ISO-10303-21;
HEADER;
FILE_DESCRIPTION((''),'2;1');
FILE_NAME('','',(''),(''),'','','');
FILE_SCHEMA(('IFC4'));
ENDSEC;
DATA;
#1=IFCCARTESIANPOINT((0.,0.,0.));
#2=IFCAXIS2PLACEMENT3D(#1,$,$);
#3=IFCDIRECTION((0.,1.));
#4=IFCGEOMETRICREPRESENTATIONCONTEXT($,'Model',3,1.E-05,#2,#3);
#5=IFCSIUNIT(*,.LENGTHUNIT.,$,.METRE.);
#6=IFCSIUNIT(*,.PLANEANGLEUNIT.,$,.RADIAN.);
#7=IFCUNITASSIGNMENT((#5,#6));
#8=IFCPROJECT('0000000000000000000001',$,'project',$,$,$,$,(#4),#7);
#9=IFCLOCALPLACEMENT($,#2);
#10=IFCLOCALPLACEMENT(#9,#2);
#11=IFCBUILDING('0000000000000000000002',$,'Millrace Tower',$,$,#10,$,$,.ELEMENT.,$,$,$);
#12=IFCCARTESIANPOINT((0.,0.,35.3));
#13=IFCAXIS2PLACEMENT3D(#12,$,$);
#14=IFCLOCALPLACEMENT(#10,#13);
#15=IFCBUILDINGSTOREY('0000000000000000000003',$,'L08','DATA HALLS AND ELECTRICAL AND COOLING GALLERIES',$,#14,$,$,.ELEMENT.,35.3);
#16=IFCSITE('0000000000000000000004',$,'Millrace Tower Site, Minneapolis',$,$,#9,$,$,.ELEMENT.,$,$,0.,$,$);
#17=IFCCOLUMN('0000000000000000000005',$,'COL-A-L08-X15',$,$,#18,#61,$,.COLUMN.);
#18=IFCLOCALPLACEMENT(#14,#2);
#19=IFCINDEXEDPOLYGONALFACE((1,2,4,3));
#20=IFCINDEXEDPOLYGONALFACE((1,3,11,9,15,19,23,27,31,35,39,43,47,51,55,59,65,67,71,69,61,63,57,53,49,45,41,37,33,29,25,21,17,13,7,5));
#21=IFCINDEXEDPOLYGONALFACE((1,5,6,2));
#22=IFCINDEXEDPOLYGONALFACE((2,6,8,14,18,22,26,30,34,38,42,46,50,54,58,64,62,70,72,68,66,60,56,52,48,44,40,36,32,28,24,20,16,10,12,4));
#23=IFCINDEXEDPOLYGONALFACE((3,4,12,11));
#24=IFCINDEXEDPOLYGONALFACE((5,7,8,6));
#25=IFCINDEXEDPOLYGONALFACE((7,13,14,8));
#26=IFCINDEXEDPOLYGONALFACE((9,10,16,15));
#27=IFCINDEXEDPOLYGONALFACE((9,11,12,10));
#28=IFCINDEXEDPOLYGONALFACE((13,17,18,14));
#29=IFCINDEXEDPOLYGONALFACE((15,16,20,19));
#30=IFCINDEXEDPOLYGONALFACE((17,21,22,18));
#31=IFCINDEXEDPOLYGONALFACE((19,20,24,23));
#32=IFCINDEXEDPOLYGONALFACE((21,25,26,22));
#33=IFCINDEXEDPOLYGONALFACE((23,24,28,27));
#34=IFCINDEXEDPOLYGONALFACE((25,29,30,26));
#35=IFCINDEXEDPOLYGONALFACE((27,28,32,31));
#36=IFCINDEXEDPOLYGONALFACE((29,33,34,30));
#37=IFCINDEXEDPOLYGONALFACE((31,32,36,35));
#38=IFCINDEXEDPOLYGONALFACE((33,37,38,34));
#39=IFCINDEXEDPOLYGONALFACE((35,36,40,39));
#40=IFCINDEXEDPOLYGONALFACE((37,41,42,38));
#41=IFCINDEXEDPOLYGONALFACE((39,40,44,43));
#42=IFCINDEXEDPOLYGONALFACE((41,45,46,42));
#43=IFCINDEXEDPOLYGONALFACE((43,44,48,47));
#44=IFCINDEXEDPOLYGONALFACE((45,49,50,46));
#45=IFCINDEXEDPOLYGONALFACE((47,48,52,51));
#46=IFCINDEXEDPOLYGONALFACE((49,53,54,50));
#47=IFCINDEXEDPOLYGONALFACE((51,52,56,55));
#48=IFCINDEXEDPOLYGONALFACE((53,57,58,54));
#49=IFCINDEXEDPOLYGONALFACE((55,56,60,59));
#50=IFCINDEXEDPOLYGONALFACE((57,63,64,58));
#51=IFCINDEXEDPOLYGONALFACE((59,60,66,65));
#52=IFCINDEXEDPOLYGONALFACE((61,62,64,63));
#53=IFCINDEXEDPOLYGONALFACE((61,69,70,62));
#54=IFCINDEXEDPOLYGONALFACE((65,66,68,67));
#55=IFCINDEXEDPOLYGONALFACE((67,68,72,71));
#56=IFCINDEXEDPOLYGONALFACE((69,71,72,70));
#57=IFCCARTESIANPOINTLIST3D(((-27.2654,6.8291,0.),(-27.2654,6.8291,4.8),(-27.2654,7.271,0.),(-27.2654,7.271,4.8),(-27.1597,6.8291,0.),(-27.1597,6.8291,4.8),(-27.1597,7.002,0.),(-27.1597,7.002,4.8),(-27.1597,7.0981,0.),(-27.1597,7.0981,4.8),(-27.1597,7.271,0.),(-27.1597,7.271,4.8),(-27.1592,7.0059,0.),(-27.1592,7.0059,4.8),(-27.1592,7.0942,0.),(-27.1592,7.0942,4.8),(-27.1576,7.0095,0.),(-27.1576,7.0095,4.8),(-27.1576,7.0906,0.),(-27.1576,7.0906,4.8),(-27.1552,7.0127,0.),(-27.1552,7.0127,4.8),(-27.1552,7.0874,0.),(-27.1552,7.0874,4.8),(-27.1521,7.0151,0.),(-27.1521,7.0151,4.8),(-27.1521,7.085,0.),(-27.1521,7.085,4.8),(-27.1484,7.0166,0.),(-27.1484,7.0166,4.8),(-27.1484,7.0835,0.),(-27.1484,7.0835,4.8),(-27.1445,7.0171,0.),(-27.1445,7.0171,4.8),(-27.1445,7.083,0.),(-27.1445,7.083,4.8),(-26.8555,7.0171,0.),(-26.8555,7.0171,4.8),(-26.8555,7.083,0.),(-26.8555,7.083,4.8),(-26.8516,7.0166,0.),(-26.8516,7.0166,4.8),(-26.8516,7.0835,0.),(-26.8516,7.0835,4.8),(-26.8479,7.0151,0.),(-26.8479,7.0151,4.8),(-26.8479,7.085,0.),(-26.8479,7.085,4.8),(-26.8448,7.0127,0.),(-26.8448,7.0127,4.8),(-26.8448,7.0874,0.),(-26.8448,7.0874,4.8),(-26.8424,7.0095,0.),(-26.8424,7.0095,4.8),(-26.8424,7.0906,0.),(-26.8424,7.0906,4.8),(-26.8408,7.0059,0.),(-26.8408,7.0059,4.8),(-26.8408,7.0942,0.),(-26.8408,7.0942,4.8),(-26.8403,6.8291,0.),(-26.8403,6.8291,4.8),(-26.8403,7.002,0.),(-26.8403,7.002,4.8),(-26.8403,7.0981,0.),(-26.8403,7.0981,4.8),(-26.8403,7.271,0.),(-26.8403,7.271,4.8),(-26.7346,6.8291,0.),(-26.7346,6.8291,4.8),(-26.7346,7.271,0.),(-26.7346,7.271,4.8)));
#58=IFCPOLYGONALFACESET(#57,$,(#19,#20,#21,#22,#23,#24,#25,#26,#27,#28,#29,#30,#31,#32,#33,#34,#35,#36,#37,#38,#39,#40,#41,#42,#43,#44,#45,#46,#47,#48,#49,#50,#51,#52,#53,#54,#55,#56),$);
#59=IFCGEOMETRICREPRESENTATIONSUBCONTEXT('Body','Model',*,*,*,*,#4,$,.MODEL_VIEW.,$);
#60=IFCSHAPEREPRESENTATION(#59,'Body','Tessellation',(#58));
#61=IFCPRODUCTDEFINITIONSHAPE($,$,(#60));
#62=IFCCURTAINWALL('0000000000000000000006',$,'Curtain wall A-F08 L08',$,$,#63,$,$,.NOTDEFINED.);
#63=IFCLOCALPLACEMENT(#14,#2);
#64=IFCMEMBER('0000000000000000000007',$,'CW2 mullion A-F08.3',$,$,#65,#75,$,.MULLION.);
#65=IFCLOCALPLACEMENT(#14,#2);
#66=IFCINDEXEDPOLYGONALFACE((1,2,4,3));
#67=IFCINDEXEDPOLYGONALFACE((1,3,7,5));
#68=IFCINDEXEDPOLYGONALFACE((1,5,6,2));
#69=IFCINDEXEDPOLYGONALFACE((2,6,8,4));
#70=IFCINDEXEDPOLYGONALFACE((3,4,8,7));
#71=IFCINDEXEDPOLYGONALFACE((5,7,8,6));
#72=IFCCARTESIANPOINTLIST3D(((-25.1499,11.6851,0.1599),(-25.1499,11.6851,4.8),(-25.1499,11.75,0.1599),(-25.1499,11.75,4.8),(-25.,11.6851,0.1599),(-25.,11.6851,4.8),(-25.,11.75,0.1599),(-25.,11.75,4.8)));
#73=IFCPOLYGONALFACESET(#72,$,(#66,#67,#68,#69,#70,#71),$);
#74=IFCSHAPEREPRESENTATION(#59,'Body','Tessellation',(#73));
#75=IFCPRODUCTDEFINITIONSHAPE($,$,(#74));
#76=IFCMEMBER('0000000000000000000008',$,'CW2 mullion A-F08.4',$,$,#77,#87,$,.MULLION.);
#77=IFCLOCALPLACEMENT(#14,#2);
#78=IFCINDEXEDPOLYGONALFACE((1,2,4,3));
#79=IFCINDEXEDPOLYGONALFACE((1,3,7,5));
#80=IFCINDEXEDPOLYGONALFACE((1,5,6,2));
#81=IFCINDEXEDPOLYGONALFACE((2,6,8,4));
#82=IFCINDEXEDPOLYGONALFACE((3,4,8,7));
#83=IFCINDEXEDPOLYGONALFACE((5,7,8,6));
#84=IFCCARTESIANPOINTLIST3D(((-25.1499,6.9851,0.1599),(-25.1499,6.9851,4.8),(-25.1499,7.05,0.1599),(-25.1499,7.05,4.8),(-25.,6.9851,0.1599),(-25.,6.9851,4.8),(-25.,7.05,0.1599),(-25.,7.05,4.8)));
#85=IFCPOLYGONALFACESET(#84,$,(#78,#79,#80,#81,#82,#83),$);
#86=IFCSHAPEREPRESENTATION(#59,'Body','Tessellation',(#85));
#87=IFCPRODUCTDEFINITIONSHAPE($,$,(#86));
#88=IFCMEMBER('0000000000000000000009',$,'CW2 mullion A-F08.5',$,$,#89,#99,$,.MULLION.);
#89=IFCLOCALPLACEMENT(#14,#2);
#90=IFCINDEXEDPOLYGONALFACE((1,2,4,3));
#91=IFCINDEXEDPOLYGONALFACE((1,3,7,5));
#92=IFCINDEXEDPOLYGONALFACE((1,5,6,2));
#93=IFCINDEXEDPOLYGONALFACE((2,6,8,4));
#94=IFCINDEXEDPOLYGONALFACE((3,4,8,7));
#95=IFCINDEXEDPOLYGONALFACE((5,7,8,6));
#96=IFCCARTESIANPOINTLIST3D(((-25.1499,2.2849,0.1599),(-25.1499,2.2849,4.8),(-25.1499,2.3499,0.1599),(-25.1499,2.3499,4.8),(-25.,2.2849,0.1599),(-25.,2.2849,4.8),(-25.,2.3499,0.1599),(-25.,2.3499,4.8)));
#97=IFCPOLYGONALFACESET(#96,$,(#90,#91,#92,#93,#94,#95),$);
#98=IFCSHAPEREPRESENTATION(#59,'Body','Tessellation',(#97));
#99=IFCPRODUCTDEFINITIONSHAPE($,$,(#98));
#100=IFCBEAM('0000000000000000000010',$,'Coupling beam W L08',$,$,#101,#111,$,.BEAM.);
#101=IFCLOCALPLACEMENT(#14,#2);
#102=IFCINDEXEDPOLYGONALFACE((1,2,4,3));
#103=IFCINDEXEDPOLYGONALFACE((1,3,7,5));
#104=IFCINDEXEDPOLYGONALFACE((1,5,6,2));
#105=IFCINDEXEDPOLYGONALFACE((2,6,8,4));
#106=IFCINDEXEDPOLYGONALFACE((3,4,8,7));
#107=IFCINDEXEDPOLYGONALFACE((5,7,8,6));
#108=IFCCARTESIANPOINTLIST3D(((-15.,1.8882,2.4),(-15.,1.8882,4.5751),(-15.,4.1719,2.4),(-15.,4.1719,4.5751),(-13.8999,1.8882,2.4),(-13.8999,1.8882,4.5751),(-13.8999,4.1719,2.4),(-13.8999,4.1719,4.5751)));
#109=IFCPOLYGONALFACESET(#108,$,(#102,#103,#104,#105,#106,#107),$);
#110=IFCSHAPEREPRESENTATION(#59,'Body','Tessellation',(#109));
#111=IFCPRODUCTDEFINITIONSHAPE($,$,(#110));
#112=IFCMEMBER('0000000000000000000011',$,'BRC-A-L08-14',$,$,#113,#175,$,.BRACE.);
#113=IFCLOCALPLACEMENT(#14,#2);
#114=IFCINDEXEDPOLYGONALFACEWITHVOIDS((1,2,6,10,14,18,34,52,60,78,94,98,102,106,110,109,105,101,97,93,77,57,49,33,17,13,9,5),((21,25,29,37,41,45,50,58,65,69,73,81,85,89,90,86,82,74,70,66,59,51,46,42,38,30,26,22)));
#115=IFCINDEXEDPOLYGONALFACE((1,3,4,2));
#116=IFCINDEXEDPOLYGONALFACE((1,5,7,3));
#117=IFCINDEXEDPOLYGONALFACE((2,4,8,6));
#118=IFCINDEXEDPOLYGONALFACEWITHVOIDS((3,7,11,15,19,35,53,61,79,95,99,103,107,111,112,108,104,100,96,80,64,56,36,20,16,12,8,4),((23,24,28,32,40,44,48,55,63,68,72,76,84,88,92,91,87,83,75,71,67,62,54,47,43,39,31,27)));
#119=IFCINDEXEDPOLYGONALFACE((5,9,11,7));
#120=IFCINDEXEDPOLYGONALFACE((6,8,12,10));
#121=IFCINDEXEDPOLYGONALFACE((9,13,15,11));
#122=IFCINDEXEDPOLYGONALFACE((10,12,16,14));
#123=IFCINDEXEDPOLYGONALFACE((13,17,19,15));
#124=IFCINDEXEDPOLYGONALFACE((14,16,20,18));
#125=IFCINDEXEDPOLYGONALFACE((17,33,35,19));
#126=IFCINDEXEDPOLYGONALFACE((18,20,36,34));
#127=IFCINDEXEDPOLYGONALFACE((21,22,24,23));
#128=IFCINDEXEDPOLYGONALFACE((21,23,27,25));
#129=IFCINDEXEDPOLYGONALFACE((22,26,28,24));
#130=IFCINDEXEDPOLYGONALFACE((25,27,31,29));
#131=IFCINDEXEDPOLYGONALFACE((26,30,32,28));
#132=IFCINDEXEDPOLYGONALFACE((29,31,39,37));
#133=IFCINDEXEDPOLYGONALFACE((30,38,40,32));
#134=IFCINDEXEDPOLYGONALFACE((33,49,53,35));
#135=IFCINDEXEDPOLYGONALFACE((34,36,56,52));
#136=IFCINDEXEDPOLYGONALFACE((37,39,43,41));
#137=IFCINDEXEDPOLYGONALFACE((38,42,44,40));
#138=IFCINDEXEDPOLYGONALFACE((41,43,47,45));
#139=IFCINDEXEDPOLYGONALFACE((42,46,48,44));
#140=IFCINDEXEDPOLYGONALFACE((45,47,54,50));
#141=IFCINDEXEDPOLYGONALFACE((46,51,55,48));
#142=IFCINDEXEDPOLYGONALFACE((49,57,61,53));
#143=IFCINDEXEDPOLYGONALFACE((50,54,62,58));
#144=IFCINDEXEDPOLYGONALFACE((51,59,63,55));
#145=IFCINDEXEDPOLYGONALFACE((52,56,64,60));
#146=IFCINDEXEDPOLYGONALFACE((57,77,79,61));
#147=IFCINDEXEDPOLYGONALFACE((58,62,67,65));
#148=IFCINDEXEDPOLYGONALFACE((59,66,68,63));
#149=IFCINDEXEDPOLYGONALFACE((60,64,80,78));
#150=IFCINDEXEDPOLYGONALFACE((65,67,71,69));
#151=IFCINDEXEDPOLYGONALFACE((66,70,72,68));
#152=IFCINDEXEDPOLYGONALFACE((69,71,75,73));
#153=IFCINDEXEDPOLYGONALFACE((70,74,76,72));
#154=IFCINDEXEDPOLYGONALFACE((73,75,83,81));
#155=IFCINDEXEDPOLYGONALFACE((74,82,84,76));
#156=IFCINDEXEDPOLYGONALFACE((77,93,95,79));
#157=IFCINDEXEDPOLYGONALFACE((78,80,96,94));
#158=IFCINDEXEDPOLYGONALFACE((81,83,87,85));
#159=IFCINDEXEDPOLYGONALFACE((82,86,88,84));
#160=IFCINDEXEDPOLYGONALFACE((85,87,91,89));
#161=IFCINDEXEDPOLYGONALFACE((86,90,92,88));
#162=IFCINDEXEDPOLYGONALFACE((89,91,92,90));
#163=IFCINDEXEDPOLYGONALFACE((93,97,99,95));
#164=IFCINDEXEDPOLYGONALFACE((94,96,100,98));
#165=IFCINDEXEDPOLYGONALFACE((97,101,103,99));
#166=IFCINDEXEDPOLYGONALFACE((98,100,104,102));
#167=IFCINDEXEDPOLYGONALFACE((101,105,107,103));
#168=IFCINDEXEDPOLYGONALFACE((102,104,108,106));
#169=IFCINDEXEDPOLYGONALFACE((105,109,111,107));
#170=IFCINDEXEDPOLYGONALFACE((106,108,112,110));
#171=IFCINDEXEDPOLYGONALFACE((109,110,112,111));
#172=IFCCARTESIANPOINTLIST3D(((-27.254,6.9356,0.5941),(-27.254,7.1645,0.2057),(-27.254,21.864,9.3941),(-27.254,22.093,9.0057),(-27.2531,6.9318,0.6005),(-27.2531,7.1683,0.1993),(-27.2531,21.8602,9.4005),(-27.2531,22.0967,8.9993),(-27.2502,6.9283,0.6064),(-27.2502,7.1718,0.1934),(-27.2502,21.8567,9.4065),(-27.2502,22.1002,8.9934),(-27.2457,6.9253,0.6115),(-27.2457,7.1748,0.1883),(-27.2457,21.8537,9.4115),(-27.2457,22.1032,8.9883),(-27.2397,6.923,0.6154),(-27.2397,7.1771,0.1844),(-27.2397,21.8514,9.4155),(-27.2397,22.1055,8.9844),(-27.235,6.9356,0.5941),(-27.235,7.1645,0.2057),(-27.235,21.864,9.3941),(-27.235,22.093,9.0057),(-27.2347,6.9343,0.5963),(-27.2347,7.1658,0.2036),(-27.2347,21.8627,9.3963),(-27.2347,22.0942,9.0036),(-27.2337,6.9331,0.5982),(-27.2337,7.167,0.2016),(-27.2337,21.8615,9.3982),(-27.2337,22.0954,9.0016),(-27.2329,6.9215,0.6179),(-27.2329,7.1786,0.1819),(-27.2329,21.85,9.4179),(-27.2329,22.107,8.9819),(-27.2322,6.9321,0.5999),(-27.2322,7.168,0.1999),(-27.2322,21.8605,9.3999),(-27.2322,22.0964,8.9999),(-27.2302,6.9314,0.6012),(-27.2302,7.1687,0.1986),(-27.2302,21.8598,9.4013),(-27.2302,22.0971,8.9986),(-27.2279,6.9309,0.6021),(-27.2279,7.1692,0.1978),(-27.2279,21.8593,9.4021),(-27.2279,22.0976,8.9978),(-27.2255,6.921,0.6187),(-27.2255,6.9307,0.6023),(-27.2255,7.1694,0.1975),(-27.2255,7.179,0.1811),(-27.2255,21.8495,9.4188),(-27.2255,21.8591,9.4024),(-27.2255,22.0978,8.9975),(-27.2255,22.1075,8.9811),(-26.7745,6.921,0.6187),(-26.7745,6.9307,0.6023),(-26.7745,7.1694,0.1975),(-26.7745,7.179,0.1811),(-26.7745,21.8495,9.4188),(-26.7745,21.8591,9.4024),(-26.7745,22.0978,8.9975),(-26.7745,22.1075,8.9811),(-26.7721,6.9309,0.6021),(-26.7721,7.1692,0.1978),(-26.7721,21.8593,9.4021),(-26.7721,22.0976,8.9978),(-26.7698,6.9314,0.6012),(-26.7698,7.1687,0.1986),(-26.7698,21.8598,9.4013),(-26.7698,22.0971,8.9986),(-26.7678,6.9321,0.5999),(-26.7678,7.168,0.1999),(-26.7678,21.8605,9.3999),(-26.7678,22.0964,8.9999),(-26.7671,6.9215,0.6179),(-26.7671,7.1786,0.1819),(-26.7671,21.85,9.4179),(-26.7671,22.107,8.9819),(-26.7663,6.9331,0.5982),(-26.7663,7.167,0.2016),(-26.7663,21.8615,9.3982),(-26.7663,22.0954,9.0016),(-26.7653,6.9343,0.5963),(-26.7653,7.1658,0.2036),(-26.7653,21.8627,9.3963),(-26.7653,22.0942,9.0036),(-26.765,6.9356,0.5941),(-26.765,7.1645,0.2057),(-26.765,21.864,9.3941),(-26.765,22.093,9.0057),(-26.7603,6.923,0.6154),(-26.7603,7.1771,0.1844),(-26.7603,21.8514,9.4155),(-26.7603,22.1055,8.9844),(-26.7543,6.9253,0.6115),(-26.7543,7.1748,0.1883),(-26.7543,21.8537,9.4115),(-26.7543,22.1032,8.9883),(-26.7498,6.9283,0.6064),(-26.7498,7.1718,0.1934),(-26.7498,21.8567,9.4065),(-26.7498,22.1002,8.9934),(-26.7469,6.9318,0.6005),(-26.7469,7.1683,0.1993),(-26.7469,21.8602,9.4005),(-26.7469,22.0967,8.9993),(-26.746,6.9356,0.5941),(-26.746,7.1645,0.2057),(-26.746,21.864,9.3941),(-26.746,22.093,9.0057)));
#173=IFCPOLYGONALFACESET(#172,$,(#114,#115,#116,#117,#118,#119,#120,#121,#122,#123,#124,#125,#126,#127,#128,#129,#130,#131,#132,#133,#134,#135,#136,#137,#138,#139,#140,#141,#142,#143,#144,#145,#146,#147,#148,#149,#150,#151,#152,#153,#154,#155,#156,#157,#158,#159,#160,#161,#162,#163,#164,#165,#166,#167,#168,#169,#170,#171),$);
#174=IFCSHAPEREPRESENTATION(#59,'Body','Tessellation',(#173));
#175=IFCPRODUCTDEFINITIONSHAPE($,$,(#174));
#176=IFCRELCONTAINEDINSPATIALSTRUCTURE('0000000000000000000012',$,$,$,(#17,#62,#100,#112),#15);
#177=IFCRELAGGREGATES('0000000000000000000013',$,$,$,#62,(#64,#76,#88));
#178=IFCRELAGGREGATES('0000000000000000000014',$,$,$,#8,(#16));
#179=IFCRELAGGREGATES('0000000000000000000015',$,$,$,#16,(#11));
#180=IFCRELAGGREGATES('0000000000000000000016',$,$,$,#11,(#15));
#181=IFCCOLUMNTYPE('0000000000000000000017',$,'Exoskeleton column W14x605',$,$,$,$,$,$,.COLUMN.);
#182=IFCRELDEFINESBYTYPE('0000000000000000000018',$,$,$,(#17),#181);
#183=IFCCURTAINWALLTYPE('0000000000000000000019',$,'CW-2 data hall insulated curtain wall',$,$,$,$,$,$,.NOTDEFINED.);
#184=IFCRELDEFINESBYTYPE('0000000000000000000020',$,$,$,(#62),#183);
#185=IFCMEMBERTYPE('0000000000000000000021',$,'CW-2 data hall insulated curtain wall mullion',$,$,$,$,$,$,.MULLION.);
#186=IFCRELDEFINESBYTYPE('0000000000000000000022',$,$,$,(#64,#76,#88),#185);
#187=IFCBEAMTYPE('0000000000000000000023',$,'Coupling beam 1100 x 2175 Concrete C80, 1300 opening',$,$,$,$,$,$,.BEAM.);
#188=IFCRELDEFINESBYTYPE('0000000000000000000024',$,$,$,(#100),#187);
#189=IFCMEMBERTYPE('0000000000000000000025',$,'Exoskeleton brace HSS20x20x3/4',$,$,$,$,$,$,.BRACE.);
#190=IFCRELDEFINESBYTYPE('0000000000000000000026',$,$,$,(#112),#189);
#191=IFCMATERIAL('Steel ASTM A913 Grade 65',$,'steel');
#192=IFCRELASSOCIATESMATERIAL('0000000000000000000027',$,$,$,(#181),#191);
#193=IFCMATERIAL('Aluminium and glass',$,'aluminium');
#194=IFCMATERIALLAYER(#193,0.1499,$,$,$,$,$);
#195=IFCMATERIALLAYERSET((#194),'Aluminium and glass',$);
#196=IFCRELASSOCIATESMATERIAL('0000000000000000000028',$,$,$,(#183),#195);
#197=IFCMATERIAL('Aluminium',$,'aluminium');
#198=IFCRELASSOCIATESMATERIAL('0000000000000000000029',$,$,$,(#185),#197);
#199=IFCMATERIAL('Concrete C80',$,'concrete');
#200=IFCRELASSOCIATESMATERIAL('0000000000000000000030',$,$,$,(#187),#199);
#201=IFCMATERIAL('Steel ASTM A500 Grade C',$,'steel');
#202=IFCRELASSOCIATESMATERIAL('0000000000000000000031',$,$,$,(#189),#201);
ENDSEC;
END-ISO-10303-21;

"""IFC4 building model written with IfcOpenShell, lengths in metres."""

from ifc_helpers import new_model, si_unit, direction, frame, origin, origin_2d, place, context, subcontext, project, spatial, rectangle, hollow_rectangle, i_section, extrude, material, layer, layer_set, material_profile, profile_set, type_object, element, aggregate, save


model = new_model("IFC4")

# Units and contexts
model_context = context("Model", 3, precision=1e-05, world=origin(), true_north=direction((0.0, 1.0)))
body_context = subcontext(model_context, "Body", "Model", "MODEL_VIEW")
ifc_project = project(units=[si_unit("LENGTHUNIT", "METRE"), si_unit("PLANEANGLEUNIT", "RADIAN")], contexts=[model_context])

# Site, building, storey
site_placement = place(None, origin())
site = spatial("IfcSite", under=ifc_project, at=site_placement, Name="Millrace Tower Site, Minneapolis", CompositionType="ELEMENT", RefElevation=0.0)
building_placement = place(site_placement, origin())
building = spatial("IfcBuilding", under=site, at=building_placement, Name="Millrace Tower", CompositionType="ELEMENT")
storey_placement = place(building_placement, frame((0.0, 0.0, 35.3)))
storey = spatial("IfcBuildingStorey", under=building, at=storey_placement, Name="L08", Description="DATA HALLS AND ELECTRICAL AND COOLING GALLERIES", CompositionType="ELEMENT", Elevation=35.3)

# Column
ifc_material_1 = material(Name="Steel ASTM A913 Grade 65", Category="steel")
ifc_material_profile_1 = material_profile(ifc_material_1, i_section(OverallWidth=0.4419, OverallDepth=0.5308, WebThickness=0.0659, FlangeThickness=0.1057, FilletRadius=0.0151, at=origin_2d()))
ifc_profile_set_1 = profile_set([ifc_material_profile_1], Name="Steel ASTM A913 Grade 65")
column_type = type_object("IfcColumnType", Name="Exoskeleton column W14x605", PredefinedType="COLUMN", material=ifc_profile_set_1)
column_placement = place(storey_placement, frame((-27.0, 7.05, 0.0), z_axis=(0.0, 0.0, 1.0), x_axis=(0.0, -1.0, 0.0)))
element("IfcColumn", 1, at=column_placement, inside=storey, type_object=column_type, Name="COL-A-L08-X15", PredefinedType="COLUMN", context=body_context, shape_type="SweptSolid", body=[
    extrude(i_section(OverallWidth=0.4419, OverallDepth=0.5308, WebThickness=0.0659, FlangeThickness=0.1057, FilletRadius=0.0151, at=origin_2d()), origin(), (0.0, 0.0, 1.0), 4.8),
])

# Curtain wall, members
ifc_material_2 = material(Name="Aluminium and glass", Category="aluminium")
ifc_layer_1 = layer(ifc_material_2, 0.1499)
ifc_layer_set_1 = layer_set([ifc_layer_1], Name="Aluminium and glass")
curtain_wall_type = type_object("IfcCurtainWallType", Name="CW-2 data hall insulated curtain wall", PredefinedType="NOTDEFINED", material=ifc_layer_set_1)
curtain_wall_placement = place(storey_placement, origin())
curtain_wall = element("IfcCurtainWall", 2, at=curtain_wall_placement, inside=storey, type_object=curtain_wall_type, Name="Curtain wall A-F08 L08", PredefinedType="NOTDEFINED")
ifc_material_3 = material(Name="Aluminium", Category="aluminium")
ifc_material_profile_2 = material_profile(ifc_material_3, rectangle(XDim=0.0649, YDim=0.1499, at=origin_2d()))
ifc_profile_set_2 = profile_set([ifc_material_profile_2], Name="Aluminium")
member_type_1 = type_object("IfcMemberType", Name="CW-2 data hall insulated curtain wall mullion", PredefinedType="MULLION", material=ifc_profile_set_2)
member_1_placement = place(storey_placement, frame((-25.075, 11.7175, 0.1599), z_axis=(0.0, 0.0, 1.0), x_axis=(0.0, -1.0, 0.0)))
member_1 = element("IfcMember", 3, at=member_1_placement, type_object=member_type_1, Name="CW2 mullion A-F08.3", PredefinedType="MULLION", context=body_context, shape_type="SweptSolid", body=[
    extrude(rectangle(XDim=0.0649, YDim=0.1499, at=origin_2d()), origin(), (0.0, 0.0, 1.0), 4.6401),
])
member_2_placement = place(storey_placement, frame((-25.075, 7.0176, 0.1599), z_axis=(0.0, 0.0, 1.0), x_axis=(0.0, -1.0, 0.0)))
member_2 = element("IfcMember", 4, at=member_2_placement, type_object=member_type_1, Name="CW2 mullion A-F08.4", PredefinedType="MULLION", context=body_context, shape_type="SweptSolid", body=[
    extrude(rectangle(XDim=0.0649, YDim=0.1499, at=origin_2d()), origin(), (0.0, 0.0, 1.0), 4.6401),
])
member_3_placement = place(storey_placement, frame((-25.075, 2.3174, 0.1599), z_axis=(0.0, 0.0, 1.0), x_axis=(0.0, -1.0, 0.0)))
member_3 = element("IfcMember", 5, at=member_3_placement, type_object=member_type_1, Name="CW2 mullion A-F08.5", PredefinedType="MULLION", context=body_context, shape_type="SweptSolid", body=[
    extrude(rectangle(XDim=0.0649, YDim=0.1499, at=origin_2d()), origin(), (0.0, 0.0, 1.0), 4.6401),
])
aggregate(curtain_wall, [member_1, member_2, member_3])

# Beam
ifc_material_4 = material(Name="Concrete C80", Category="concrete")
ifc_material_profile_3 = material_profile(ifc_material_4, rectangle(XDim=1.1001, YDim=2.175, at=origin_2d()))
ifc_profile_set_3 = profile_set([ifc_material_profile_3], Name="Concrete C80")
beam_type_1 = type_object("IfcBeamType", Name="Coupling beam 1100 x 2175 Concrete C80, 1300 opening", PredefinedType="BEAM", material=ifc_profile_set_3)
beam_1_placement = place(storey_placement, frame((-14.45, 1.8882, 3.4875), z_axis=(0.0, 1.0, 0.0), x_axis=(-1.0, 0.0, 0.0)))
element("IfcBeam", 6, at=beam_1_placement, inside=storey, type_object=beam_type_1, Name="Coupling beam W L08", PredefinedType="BEAM", context=body_context, shape_type="SweptSolid", body=[
    extrude(rectangle(XDim=1.1001, YDim=2.175, at=origin_2d()), origin(), (0.0, 0.0, 1.0), 2.2837),
])

# Member
ifc_material_5 = material(Name="Steel ASTM A500 Grade C", Category="steel")
ifc_material_profile_4 = material_profile(ifc_material_5, hollow_rectangle(XDim=0.5081, YDim=0.5081, WallThickness=0.019, InnerFilletRadius=0.0095, OuterFilletRadius=0.0286, at=origin_2d()))
ifc_profile_set_4 = profile_set([ifc_material_profile_4], Name="Steel ASTM A500 Grade C")
member_type_2 = type_object("IfcMemberType", Name="Exoskeleton brace HSS20x20x3/4", PredefinedType="BRACE", material=ifc_profile_set_4)
member_4_placement = place(storey_placement, frame((-27.0, 7.05, 0.3999), z_axis=(0.0, 0.861465, 0.507817), x_axis=(-1.0, 0.0, 0.0)))
element("IfcMember", 7, at=member_4_placement, inside=storey, type_object=member_type_2, Name="BRC-A-L08-14", PredefinedType="BRACE", context=body_context, shape_type="SweptSolid", body=[
    extrude(hollow_rectangle(XDim=0.5081, YDim=0.5081, WallThickness=0.019, InnerFilletRadius=0.0095, OuterFilletRadius=0.0286, at=origin_2d()), origin(), (0.0, 0.0, 1.0), 17.3291),
])

save(model, "model.ifc")
